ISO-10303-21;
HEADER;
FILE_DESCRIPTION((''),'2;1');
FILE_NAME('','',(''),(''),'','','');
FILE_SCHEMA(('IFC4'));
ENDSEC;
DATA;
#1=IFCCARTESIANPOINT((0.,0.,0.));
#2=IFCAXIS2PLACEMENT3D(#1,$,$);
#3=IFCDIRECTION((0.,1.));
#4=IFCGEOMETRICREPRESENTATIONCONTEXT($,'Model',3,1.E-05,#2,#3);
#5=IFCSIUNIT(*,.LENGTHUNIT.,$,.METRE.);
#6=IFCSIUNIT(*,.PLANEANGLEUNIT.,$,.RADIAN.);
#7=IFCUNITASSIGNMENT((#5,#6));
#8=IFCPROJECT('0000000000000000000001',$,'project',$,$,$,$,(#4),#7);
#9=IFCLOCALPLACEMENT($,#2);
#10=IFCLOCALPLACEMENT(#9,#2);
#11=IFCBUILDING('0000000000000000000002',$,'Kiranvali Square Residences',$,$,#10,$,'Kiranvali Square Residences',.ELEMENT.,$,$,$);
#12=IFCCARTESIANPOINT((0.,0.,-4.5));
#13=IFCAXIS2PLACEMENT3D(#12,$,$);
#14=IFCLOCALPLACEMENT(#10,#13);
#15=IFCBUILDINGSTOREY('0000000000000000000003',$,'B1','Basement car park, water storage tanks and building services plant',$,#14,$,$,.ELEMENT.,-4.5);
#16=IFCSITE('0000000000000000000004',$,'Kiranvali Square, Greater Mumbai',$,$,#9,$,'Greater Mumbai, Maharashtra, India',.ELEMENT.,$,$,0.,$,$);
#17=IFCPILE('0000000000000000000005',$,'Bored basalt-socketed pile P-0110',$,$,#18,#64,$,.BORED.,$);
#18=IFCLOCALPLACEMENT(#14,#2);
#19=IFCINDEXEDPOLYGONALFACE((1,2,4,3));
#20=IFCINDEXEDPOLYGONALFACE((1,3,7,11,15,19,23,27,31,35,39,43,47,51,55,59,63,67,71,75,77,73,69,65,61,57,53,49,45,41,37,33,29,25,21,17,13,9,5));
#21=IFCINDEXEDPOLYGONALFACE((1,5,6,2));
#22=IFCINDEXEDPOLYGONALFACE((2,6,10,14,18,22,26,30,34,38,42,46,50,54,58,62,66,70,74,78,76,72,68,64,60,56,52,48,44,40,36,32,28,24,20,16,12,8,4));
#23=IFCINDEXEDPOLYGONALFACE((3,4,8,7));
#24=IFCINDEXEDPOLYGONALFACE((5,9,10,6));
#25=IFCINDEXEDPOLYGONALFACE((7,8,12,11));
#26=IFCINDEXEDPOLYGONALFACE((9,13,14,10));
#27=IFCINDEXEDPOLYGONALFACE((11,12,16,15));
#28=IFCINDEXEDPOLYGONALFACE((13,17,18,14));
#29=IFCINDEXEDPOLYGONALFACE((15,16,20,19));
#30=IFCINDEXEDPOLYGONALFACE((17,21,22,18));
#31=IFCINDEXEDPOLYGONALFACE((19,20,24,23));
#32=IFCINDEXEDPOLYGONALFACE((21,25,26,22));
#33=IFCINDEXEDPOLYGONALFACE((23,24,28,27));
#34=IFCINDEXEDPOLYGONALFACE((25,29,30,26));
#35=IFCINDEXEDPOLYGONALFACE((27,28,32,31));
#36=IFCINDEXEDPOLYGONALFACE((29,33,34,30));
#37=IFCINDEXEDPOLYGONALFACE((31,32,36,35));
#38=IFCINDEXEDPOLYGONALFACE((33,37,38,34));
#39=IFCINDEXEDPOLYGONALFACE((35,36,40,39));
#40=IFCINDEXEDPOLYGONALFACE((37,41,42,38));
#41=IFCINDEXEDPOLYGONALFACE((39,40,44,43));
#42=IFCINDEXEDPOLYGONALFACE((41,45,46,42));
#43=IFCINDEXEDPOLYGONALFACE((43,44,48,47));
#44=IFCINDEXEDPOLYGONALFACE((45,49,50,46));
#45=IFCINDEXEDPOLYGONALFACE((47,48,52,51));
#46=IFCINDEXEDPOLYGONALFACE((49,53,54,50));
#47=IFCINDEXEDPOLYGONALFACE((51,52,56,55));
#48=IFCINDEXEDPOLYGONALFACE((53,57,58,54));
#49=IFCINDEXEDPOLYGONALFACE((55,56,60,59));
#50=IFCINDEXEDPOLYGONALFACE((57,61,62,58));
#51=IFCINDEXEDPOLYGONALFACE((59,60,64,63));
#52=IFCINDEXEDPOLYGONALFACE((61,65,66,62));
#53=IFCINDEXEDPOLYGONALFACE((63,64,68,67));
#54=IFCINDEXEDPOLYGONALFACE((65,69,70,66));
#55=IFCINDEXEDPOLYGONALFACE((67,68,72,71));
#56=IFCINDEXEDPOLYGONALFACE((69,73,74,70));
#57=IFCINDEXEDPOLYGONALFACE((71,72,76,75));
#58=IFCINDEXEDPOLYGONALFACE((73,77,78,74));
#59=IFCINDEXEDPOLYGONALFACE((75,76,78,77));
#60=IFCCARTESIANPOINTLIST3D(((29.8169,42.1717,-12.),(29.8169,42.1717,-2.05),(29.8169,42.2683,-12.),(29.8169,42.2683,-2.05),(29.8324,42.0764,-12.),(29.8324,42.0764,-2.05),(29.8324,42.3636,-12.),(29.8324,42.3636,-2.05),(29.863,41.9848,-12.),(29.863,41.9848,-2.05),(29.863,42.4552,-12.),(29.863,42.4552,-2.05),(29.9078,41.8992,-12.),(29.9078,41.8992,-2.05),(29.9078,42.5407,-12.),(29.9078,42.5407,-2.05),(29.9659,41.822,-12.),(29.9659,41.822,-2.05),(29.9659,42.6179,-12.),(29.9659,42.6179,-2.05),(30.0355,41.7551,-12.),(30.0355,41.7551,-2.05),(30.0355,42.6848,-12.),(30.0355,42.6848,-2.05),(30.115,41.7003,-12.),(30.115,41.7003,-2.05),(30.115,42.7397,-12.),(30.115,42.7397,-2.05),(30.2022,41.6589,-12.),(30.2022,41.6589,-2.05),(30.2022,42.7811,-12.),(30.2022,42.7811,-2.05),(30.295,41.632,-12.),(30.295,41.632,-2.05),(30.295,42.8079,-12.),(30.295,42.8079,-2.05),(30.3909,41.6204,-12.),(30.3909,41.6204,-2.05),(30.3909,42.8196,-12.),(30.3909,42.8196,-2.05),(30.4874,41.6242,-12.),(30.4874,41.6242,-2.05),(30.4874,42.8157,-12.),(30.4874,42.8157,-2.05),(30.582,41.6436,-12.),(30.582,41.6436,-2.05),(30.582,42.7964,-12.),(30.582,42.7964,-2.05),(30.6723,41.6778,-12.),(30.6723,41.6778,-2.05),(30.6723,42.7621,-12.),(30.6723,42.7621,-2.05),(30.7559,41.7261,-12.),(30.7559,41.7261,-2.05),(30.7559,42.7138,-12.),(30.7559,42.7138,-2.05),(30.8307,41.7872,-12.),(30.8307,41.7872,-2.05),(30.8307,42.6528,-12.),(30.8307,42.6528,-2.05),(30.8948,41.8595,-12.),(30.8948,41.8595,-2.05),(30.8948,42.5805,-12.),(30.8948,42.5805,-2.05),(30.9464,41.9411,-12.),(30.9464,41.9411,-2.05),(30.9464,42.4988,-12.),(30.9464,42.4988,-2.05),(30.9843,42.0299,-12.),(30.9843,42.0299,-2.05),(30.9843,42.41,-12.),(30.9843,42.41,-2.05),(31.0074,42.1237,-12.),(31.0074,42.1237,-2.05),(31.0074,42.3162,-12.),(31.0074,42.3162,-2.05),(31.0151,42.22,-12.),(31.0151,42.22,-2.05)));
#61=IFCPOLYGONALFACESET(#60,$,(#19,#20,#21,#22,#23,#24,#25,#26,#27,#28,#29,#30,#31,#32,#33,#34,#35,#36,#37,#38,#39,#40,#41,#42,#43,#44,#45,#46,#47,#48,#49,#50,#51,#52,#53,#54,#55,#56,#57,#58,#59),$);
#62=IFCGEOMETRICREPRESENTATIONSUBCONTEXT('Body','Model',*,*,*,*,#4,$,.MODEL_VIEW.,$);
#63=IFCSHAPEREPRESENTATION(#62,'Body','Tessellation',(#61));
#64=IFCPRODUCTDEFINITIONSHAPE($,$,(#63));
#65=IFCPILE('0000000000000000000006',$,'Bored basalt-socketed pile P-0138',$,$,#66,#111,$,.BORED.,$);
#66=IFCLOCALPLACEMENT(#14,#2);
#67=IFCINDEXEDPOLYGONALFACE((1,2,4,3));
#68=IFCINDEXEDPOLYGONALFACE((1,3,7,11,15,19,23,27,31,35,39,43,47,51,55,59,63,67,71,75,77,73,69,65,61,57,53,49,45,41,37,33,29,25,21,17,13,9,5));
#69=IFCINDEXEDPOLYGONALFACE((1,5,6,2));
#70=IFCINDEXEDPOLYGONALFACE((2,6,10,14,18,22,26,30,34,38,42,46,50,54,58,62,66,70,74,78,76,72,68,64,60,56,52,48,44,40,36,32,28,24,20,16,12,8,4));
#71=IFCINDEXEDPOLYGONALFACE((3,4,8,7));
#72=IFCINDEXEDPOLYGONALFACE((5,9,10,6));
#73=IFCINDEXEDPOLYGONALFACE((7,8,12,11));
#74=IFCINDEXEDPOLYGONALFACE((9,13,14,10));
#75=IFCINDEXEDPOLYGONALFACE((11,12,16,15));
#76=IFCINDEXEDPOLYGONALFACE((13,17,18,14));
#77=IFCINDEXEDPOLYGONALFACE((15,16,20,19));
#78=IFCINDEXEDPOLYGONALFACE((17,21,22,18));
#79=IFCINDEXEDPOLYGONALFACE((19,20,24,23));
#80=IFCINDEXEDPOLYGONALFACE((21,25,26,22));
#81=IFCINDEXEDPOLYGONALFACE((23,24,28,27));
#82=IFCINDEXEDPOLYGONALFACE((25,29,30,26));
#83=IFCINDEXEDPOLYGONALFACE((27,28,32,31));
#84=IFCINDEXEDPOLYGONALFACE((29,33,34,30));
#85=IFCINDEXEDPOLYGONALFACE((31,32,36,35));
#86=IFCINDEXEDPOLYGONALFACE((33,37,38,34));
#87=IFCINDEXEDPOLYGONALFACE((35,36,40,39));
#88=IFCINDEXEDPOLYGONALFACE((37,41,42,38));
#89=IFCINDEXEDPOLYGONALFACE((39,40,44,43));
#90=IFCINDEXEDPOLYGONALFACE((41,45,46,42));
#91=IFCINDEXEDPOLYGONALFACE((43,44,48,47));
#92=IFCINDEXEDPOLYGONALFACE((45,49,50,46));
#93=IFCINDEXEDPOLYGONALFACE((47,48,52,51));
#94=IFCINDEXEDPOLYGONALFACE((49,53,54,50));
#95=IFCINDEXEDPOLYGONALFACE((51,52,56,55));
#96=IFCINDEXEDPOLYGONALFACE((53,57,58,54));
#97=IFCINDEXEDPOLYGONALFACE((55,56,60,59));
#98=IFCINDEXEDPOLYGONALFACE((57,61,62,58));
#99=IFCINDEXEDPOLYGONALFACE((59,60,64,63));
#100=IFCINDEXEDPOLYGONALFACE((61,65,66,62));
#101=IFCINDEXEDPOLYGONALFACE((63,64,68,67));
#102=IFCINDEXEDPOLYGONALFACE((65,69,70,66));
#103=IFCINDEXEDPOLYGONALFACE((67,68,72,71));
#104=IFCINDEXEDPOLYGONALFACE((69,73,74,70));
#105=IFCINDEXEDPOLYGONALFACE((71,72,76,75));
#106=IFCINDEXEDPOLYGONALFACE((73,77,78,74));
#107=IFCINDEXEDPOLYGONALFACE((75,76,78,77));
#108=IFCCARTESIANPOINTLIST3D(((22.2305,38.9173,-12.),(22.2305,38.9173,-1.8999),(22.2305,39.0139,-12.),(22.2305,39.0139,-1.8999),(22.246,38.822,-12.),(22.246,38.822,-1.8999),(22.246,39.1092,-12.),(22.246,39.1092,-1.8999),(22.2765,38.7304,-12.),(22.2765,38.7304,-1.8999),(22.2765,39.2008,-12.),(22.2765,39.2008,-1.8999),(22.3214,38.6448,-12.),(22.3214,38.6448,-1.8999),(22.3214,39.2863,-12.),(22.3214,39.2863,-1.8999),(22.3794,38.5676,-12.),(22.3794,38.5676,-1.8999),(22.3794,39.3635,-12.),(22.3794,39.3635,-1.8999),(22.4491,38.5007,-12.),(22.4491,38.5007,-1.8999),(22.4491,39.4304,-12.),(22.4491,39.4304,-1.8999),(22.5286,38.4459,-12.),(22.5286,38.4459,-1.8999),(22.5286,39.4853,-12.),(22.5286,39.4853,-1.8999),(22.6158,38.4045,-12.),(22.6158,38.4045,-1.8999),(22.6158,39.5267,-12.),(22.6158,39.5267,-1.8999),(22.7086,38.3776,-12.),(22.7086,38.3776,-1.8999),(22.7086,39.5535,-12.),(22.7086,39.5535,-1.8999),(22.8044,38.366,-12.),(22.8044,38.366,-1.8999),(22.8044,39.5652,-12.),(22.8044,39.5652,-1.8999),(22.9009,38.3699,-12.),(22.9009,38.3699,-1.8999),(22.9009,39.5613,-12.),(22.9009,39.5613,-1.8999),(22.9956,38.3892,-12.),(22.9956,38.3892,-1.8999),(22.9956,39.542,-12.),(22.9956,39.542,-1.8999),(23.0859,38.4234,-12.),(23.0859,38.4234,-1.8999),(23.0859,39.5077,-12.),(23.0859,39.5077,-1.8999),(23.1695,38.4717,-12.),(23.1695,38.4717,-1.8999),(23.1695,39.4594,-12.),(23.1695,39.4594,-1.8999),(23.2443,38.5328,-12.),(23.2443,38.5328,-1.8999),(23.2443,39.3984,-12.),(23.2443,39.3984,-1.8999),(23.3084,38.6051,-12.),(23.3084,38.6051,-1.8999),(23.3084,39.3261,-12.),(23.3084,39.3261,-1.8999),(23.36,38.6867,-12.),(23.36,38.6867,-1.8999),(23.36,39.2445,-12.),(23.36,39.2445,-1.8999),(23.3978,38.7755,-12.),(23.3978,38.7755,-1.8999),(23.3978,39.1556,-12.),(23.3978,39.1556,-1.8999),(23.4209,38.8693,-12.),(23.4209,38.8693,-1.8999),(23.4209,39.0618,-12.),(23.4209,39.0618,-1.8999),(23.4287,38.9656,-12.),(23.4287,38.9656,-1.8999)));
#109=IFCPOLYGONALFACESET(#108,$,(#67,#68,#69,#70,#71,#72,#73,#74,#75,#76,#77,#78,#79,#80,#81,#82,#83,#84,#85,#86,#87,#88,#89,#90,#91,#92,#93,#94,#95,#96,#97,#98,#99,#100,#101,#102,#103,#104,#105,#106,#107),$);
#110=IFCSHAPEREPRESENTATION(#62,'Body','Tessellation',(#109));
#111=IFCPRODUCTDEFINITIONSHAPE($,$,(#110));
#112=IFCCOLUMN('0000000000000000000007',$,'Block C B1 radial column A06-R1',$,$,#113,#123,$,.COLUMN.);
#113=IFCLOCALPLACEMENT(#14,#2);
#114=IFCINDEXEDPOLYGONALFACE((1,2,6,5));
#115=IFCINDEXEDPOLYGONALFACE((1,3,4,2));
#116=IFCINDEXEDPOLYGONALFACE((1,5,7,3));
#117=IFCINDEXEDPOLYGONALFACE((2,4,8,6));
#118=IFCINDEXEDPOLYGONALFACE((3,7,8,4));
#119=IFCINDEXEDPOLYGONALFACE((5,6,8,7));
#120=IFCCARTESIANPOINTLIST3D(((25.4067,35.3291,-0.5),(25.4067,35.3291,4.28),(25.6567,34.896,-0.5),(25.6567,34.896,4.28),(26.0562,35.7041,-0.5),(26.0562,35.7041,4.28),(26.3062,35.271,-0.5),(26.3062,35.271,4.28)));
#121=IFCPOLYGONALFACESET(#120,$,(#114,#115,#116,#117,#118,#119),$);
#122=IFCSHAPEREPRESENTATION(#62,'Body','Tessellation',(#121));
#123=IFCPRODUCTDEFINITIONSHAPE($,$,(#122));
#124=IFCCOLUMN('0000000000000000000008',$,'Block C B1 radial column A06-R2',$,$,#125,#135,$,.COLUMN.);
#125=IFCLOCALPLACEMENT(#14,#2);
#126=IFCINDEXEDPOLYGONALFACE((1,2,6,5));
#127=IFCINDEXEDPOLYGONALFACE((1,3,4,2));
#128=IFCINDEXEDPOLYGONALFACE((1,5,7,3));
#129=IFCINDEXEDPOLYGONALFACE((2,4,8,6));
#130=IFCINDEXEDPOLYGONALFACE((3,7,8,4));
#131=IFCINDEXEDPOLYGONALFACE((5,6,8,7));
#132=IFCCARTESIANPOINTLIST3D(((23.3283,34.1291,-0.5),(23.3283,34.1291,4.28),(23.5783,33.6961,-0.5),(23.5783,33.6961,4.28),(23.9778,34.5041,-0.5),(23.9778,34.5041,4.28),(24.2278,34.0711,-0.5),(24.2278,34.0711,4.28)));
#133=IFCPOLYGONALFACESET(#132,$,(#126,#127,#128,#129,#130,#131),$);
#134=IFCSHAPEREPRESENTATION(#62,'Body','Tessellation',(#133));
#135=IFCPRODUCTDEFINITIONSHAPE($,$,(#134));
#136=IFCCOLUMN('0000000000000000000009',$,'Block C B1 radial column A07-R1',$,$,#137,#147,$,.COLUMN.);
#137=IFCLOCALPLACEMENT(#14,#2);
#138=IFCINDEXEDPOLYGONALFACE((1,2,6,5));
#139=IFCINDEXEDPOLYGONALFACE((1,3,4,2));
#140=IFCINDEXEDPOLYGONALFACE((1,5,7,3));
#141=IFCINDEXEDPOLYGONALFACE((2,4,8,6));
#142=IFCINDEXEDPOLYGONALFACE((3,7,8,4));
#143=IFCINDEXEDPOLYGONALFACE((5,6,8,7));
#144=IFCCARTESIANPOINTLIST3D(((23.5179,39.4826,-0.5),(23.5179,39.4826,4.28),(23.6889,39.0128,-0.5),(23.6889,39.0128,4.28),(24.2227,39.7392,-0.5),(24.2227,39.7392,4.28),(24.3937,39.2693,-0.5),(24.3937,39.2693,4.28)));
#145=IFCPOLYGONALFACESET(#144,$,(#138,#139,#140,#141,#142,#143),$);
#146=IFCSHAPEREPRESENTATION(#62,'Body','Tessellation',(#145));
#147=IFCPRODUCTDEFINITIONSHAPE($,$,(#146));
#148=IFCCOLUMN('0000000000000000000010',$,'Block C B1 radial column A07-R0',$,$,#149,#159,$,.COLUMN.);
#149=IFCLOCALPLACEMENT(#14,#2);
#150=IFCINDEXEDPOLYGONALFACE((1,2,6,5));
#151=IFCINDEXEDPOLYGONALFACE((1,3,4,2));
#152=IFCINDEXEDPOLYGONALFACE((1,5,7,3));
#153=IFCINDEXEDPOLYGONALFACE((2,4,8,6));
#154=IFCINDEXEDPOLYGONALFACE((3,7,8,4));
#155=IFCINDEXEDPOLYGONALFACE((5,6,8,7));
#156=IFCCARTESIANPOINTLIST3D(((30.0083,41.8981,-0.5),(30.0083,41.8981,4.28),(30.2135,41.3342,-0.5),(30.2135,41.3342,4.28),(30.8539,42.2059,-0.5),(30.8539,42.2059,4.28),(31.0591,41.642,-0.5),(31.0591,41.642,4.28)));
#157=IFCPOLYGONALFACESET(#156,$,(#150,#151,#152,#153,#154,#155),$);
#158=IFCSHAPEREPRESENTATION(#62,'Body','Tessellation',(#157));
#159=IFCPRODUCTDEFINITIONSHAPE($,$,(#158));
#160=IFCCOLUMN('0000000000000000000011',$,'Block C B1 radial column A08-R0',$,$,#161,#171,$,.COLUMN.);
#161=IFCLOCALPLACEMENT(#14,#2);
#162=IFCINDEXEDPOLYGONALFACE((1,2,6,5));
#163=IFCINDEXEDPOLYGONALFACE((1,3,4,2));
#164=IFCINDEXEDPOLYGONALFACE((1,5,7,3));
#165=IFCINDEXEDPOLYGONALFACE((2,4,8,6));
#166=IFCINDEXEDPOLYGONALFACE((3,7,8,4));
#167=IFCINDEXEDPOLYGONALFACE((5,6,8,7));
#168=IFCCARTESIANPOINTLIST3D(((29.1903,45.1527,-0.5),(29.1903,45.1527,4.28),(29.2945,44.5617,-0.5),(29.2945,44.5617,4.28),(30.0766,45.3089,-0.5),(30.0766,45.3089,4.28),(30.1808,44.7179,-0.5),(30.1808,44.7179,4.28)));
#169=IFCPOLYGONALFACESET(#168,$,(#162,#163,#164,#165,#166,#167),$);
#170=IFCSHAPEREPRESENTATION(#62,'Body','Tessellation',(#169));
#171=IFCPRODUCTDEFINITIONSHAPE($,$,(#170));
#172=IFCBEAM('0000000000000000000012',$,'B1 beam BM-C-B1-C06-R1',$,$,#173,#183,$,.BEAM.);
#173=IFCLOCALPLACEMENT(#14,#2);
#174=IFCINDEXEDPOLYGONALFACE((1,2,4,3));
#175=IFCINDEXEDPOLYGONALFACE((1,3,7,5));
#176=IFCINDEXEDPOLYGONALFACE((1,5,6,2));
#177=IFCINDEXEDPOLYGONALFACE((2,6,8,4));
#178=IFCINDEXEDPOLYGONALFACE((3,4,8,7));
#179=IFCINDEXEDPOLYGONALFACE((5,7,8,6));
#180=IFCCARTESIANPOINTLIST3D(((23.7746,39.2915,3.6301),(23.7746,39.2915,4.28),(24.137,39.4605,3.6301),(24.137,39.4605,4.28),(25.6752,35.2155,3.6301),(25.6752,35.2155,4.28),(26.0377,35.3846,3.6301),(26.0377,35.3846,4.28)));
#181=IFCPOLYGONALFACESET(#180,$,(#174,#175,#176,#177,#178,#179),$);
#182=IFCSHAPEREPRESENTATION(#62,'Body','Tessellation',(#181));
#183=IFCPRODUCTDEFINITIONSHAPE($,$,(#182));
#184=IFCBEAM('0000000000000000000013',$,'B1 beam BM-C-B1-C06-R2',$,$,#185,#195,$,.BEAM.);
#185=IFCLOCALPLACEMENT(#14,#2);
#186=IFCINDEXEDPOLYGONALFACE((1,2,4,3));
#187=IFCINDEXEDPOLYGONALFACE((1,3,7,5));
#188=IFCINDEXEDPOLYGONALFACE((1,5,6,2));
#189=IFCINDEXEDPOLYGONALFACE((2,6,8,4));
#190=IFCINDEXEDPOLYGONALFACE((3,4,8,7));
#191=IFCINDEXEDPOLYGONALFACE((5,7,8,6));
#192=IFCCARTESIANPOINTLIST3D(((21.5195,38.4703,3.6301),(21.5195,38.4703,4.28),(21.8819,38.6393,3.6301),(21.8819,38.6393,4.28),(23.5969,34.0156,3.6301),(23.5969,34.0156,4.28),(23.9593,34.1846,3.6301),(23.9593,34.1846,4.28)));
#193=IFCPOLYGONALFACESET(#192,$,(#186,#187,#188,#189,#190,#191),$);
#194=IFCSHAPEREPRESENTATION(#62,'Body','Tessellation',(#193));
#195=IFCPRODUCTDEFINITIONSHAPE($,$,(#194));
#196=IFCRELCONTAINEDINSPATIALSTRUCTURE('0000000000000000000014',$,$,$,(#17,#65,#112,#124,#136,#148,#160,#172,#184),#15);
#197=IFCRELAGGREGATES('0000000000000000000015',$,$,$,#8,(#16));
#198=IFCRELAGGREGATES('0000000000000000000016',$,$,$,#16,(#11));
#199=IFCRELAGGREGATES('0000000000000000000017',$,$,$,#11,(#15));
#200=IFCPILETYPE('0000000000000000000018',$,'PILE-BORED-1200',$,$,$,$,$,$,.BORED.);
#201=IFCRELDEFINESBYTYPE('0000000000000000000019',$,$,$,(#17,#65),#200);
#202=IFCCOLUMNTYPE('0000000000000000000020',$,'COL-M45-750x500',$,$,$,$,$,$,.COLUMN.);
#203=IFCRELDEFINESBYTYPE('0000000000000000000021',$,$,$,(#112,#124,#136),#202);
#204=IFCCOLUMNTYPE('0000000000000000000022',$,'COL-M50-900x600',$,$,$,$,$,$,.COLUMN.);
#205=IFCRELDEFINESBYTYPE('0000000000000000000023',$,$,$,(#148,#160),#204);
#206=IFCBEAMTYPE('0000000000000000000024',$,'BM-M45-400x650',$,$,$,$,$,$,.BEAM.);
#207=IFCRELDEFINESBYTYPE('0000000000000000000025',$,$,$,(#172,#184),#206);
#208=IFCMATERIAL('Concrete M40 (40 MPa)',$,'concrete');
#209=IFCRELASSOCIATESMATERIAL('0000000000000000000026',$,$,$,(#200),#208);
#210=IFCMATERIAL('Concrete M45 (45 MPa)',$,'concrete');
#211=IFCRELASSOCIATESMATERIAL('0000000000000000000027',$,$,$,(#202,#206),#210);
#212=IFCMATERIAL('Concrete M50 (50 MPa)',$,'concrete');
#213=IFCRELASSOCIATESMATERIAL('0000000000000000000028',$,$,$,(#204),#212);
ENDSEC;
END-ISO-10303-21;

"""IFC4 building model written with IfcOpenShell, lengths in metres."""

from ifc_helpers import new_model, si_unit, direction, frame, origin, origin_2d, place, context, subcontext, project, spatial, rectangle, circle, extrude, material, material_profile, profile_set, type_object, element, save


model = new_model("IFC4")

# Units and contexts
model_context = context("Model", 3, precision=1e-05, world=origin(), true_north=direction((0.0, 1.0)))
body_context = subcontext(model_context, "Body", "Model", "MODEL_VIEW")
ifc_project = project(units=[si_unit("LENGTHUNIT", "METRE"), si_unit("PLANEANGLEUNIT", "RADIAN")], contexts=[model_context])

# Site, building, storey
site_placement = place(None, origin())
site = spatial("IfcSite", under=ifc_project, at=site_placement, Name="Kiranvali Square, Greater Mumbai", LongName="Greater Mumbai, Maharashtra, India", CompositionType="ELEMENT", RefElevation=0.0)
building_placement = place(site_placement, origin())
building = spatial("IfcBuilding", under=site, at=building_placement, Name="Kiranvali Square Residences", LongName="Kiranvali Square Residences", CompositionType="ELEMENT")
storey_placement = place(building_placement, frame((0.0, 0.0, -4.5)))
storey = spatial("IfcBuildingStorey", under=building, at=storey_placement, Name="B1", Description="Basement car park, water storage tanks and building services plant", CompositionType="ELEMENT", Elevation=-4.5)

# Shared definitions
ifc_material_1 = material(Name="Concrete M40 (40 MPa)", Category="concrete")

# Piles
ifc_material_profile_1 = material_profile(ifc_material_1, circle(Radius=0.6001, at=origin_2d()), Name="BORED PILE 1200")
ifc_profile_set_1 = profile_set([ifc_material_profile_1], Name="Concrete M40 (40 MPa)")
pile_type = type_object("IfcPileType", Name="PILE-BORED-1200", PredefinedType="BORED", material=ifc_profile_set_1)
for number, where, z_axis, x_axis, name in (
    (1, (30.415, 42.22, -2.05), (0.0, 0.0, -1.0), (1.0, 0.0, 0.0), "Bored basalt-socketed pile P-0110"),
):
    element("IfcPile", number, at=place(storey_placement, frame(where, z_axis=z_axis, x_axis=x_axis)), inside=storey, type_object=pile_type, Name=name, PredefinedType="BORED", context=body_context, shape_type="SweptSolid", body=[
        extrude(circle(Radius=0.6001, at=origin_2d()), origin(), (0.0, 0.0, 1.0), 9.95),
    ])
pile_placement = place(storey_placement, frame((22.8286, 38.9656, -1.8999), z_axis=(0.0, 0.0, -1.0), x_axis=(1.0, 0.0, 0.0)))
element("IfcPile", 2, at=pile_placement, inside=storey, type_object=pile_type, Name="Bored basalt-socketed pile P-0138", PredefinedType="BORED", context=body_context, shape_type="SweptSolid", body=[
    extrude(circle(Radius=0.6001, at=origin_2d()), origin(), (0.0, 0.0, 1.0), 10.1001),
])

# Columns
ifc_material_2 = material(Name="Concrete M45 (45 MPa)", Category="concrete")
ifc_material_profile_2 = material_profile(ifc_material_2, rectangle(XDim=0.5, YDim=0.75, at=origin_2d()), Name="RC 750x500")
ifc_profile_set_2 = profile_set([ifc_material_profile_2], Name="Concrete M45 (45 MPa)")
column_type_1 = type_object("IfcColumnType", Name="COL-M45-750x500", PredefinedType="COLUMN", material=ifc_profile_set_2)
for number, where, z_axis, x_axis, name in (
    (3, (25.8564, 35.3, -0.5), (0.0, 0.0, 1.0), (-0.5, 0.866025, 0.0), "Block C B1 radial column A06-R1"),
    (4, (23.7781, 34.1001, -0.5), (0.0, 0.0, 1.0), (-0.5, 0.866025, 0.0), "Block C B1 radial column A06-R2"),
    (5, (23.9558, 39.376, -0.5), (0.0, 0.0, 1.0), (-0.34202, 0.939693, 0.0), "Block C B1 radial column A07-R1"),
):
    element("IfcColumn", number, at=place(storey_placement, frame(where, z_axis=z_axis, x_axis=x_axis)), inside=storey, type_object=column_type_1, Name=name, PredefinedType="COLUMN", context=body_context, shape_type="SweptSolid", body=[
        extrude(rectangle(XDim=0.5, YDim=0.75, at=origin_2d()), origin(), (0.0, 0.0, 1.0), 4.78),
    ])
ifc_material_3 = material(Name="Concrete M50 (50 MPa)", Category="concrete")
ifc_material_profile_3 = material_profile(ifc_material_3, rectangle(XDim=0.6001, YDim=0.8999, at=origin_2d()), Name="RC 900x600")
ifc_profile_set_3 = profile_set([ifc_material_profile_3], Name="Concrete M50 (50 MPa)")
column_type_2 = type_object("IfcColumnType", Name="COL-M50-900x600", PredefinedType="COLUMN", material=ifc_profile_set_3)
for number, where, z_axis, x_axis, name in (
    (6, (30.5337, 41.77, -0.5), (0.0, 0.0, 1.0), (-0.34202, 0.939693, 0.0), "Block C B1 radial column A07-R0"),
    (7, (29.6855, 44.9353, -0.5), (0.0, 0.0, 1.0), (-0.173648, 0.984808, 0.0), "Block C B1 radial column A08-R0"),
):
    element("IfcColumn", number, at=place(storey_placement, frame(where, z_axis=z_axis, x_axis=x_axis)), inside=storey, type_object=column_type_2, Name=name, PredefinedType="COLUMN", context=body_context, shape_type="SweptSolid", body=[
        extrude(rectangle(XDim=0.6001, YDim=0.8999, at=origin_2d()), origin(), (0.0, 0.0, 1.0), 4.78),
    ])

# Beams
ifc_material_profile_4 = material_profile(ifc_material_2, rectangle(XDim=0.3999, YDim=0.6499, at=origin_2d()), Name="RC 400x650")
ifc_profile_set_4 = profile_set([ifc_material_profile_4], Name="Concrete M45 (45 MPa)")
beam_type = type_object("IfcBeamType", Name="BM-M45-400x650", PredefinedType="BEAM", material=ifc_profile_set_4)
beam_1_placement = place(storey_placement, frame((25.8564, 35.3, 3.9551), z_axis=(-0.422618, 0.906308, 0.0), x_axis=(-0.906308, -0.422618, 0.0)))
element("IfcBeam", 8, at=beam_1_placement, inside=storey, type_object=beam_type, Name="B1 beam BM-C-B1-C06-R1", PredefinedType="BEAM", context=body_context, shape_type="SweptSolid", body=[
    extrude(rectangle(XDim=0.3999, YDim=0.6499, at=origin_2d()), origin(), (0.0, 0.0, 1.0), 4.4973),
])
beam_2_placement = place(storey_placement, frame((23.7781, 34.1001, 3.9551), z_axis=(-0.42263, 0.906302, 0.0), x_axis=(-0.906302, -0.42263, 0.0)))
element("IfcBeam", 9, at=beam_2_placement, inside=storey, type_object=beam_type, Name="B1 beam BM-C-B1-C06-R2", PredefinedType="BEAM", context=body_context, shape_type="SweptSolid", body=[
    extrude(rectangle(XDim=0.3999, YDim=0.6499, at=origin_2d()), origin(), (0.0, 0.0, 1.0), 4.9153),
])

save(model, "model.ifc")
